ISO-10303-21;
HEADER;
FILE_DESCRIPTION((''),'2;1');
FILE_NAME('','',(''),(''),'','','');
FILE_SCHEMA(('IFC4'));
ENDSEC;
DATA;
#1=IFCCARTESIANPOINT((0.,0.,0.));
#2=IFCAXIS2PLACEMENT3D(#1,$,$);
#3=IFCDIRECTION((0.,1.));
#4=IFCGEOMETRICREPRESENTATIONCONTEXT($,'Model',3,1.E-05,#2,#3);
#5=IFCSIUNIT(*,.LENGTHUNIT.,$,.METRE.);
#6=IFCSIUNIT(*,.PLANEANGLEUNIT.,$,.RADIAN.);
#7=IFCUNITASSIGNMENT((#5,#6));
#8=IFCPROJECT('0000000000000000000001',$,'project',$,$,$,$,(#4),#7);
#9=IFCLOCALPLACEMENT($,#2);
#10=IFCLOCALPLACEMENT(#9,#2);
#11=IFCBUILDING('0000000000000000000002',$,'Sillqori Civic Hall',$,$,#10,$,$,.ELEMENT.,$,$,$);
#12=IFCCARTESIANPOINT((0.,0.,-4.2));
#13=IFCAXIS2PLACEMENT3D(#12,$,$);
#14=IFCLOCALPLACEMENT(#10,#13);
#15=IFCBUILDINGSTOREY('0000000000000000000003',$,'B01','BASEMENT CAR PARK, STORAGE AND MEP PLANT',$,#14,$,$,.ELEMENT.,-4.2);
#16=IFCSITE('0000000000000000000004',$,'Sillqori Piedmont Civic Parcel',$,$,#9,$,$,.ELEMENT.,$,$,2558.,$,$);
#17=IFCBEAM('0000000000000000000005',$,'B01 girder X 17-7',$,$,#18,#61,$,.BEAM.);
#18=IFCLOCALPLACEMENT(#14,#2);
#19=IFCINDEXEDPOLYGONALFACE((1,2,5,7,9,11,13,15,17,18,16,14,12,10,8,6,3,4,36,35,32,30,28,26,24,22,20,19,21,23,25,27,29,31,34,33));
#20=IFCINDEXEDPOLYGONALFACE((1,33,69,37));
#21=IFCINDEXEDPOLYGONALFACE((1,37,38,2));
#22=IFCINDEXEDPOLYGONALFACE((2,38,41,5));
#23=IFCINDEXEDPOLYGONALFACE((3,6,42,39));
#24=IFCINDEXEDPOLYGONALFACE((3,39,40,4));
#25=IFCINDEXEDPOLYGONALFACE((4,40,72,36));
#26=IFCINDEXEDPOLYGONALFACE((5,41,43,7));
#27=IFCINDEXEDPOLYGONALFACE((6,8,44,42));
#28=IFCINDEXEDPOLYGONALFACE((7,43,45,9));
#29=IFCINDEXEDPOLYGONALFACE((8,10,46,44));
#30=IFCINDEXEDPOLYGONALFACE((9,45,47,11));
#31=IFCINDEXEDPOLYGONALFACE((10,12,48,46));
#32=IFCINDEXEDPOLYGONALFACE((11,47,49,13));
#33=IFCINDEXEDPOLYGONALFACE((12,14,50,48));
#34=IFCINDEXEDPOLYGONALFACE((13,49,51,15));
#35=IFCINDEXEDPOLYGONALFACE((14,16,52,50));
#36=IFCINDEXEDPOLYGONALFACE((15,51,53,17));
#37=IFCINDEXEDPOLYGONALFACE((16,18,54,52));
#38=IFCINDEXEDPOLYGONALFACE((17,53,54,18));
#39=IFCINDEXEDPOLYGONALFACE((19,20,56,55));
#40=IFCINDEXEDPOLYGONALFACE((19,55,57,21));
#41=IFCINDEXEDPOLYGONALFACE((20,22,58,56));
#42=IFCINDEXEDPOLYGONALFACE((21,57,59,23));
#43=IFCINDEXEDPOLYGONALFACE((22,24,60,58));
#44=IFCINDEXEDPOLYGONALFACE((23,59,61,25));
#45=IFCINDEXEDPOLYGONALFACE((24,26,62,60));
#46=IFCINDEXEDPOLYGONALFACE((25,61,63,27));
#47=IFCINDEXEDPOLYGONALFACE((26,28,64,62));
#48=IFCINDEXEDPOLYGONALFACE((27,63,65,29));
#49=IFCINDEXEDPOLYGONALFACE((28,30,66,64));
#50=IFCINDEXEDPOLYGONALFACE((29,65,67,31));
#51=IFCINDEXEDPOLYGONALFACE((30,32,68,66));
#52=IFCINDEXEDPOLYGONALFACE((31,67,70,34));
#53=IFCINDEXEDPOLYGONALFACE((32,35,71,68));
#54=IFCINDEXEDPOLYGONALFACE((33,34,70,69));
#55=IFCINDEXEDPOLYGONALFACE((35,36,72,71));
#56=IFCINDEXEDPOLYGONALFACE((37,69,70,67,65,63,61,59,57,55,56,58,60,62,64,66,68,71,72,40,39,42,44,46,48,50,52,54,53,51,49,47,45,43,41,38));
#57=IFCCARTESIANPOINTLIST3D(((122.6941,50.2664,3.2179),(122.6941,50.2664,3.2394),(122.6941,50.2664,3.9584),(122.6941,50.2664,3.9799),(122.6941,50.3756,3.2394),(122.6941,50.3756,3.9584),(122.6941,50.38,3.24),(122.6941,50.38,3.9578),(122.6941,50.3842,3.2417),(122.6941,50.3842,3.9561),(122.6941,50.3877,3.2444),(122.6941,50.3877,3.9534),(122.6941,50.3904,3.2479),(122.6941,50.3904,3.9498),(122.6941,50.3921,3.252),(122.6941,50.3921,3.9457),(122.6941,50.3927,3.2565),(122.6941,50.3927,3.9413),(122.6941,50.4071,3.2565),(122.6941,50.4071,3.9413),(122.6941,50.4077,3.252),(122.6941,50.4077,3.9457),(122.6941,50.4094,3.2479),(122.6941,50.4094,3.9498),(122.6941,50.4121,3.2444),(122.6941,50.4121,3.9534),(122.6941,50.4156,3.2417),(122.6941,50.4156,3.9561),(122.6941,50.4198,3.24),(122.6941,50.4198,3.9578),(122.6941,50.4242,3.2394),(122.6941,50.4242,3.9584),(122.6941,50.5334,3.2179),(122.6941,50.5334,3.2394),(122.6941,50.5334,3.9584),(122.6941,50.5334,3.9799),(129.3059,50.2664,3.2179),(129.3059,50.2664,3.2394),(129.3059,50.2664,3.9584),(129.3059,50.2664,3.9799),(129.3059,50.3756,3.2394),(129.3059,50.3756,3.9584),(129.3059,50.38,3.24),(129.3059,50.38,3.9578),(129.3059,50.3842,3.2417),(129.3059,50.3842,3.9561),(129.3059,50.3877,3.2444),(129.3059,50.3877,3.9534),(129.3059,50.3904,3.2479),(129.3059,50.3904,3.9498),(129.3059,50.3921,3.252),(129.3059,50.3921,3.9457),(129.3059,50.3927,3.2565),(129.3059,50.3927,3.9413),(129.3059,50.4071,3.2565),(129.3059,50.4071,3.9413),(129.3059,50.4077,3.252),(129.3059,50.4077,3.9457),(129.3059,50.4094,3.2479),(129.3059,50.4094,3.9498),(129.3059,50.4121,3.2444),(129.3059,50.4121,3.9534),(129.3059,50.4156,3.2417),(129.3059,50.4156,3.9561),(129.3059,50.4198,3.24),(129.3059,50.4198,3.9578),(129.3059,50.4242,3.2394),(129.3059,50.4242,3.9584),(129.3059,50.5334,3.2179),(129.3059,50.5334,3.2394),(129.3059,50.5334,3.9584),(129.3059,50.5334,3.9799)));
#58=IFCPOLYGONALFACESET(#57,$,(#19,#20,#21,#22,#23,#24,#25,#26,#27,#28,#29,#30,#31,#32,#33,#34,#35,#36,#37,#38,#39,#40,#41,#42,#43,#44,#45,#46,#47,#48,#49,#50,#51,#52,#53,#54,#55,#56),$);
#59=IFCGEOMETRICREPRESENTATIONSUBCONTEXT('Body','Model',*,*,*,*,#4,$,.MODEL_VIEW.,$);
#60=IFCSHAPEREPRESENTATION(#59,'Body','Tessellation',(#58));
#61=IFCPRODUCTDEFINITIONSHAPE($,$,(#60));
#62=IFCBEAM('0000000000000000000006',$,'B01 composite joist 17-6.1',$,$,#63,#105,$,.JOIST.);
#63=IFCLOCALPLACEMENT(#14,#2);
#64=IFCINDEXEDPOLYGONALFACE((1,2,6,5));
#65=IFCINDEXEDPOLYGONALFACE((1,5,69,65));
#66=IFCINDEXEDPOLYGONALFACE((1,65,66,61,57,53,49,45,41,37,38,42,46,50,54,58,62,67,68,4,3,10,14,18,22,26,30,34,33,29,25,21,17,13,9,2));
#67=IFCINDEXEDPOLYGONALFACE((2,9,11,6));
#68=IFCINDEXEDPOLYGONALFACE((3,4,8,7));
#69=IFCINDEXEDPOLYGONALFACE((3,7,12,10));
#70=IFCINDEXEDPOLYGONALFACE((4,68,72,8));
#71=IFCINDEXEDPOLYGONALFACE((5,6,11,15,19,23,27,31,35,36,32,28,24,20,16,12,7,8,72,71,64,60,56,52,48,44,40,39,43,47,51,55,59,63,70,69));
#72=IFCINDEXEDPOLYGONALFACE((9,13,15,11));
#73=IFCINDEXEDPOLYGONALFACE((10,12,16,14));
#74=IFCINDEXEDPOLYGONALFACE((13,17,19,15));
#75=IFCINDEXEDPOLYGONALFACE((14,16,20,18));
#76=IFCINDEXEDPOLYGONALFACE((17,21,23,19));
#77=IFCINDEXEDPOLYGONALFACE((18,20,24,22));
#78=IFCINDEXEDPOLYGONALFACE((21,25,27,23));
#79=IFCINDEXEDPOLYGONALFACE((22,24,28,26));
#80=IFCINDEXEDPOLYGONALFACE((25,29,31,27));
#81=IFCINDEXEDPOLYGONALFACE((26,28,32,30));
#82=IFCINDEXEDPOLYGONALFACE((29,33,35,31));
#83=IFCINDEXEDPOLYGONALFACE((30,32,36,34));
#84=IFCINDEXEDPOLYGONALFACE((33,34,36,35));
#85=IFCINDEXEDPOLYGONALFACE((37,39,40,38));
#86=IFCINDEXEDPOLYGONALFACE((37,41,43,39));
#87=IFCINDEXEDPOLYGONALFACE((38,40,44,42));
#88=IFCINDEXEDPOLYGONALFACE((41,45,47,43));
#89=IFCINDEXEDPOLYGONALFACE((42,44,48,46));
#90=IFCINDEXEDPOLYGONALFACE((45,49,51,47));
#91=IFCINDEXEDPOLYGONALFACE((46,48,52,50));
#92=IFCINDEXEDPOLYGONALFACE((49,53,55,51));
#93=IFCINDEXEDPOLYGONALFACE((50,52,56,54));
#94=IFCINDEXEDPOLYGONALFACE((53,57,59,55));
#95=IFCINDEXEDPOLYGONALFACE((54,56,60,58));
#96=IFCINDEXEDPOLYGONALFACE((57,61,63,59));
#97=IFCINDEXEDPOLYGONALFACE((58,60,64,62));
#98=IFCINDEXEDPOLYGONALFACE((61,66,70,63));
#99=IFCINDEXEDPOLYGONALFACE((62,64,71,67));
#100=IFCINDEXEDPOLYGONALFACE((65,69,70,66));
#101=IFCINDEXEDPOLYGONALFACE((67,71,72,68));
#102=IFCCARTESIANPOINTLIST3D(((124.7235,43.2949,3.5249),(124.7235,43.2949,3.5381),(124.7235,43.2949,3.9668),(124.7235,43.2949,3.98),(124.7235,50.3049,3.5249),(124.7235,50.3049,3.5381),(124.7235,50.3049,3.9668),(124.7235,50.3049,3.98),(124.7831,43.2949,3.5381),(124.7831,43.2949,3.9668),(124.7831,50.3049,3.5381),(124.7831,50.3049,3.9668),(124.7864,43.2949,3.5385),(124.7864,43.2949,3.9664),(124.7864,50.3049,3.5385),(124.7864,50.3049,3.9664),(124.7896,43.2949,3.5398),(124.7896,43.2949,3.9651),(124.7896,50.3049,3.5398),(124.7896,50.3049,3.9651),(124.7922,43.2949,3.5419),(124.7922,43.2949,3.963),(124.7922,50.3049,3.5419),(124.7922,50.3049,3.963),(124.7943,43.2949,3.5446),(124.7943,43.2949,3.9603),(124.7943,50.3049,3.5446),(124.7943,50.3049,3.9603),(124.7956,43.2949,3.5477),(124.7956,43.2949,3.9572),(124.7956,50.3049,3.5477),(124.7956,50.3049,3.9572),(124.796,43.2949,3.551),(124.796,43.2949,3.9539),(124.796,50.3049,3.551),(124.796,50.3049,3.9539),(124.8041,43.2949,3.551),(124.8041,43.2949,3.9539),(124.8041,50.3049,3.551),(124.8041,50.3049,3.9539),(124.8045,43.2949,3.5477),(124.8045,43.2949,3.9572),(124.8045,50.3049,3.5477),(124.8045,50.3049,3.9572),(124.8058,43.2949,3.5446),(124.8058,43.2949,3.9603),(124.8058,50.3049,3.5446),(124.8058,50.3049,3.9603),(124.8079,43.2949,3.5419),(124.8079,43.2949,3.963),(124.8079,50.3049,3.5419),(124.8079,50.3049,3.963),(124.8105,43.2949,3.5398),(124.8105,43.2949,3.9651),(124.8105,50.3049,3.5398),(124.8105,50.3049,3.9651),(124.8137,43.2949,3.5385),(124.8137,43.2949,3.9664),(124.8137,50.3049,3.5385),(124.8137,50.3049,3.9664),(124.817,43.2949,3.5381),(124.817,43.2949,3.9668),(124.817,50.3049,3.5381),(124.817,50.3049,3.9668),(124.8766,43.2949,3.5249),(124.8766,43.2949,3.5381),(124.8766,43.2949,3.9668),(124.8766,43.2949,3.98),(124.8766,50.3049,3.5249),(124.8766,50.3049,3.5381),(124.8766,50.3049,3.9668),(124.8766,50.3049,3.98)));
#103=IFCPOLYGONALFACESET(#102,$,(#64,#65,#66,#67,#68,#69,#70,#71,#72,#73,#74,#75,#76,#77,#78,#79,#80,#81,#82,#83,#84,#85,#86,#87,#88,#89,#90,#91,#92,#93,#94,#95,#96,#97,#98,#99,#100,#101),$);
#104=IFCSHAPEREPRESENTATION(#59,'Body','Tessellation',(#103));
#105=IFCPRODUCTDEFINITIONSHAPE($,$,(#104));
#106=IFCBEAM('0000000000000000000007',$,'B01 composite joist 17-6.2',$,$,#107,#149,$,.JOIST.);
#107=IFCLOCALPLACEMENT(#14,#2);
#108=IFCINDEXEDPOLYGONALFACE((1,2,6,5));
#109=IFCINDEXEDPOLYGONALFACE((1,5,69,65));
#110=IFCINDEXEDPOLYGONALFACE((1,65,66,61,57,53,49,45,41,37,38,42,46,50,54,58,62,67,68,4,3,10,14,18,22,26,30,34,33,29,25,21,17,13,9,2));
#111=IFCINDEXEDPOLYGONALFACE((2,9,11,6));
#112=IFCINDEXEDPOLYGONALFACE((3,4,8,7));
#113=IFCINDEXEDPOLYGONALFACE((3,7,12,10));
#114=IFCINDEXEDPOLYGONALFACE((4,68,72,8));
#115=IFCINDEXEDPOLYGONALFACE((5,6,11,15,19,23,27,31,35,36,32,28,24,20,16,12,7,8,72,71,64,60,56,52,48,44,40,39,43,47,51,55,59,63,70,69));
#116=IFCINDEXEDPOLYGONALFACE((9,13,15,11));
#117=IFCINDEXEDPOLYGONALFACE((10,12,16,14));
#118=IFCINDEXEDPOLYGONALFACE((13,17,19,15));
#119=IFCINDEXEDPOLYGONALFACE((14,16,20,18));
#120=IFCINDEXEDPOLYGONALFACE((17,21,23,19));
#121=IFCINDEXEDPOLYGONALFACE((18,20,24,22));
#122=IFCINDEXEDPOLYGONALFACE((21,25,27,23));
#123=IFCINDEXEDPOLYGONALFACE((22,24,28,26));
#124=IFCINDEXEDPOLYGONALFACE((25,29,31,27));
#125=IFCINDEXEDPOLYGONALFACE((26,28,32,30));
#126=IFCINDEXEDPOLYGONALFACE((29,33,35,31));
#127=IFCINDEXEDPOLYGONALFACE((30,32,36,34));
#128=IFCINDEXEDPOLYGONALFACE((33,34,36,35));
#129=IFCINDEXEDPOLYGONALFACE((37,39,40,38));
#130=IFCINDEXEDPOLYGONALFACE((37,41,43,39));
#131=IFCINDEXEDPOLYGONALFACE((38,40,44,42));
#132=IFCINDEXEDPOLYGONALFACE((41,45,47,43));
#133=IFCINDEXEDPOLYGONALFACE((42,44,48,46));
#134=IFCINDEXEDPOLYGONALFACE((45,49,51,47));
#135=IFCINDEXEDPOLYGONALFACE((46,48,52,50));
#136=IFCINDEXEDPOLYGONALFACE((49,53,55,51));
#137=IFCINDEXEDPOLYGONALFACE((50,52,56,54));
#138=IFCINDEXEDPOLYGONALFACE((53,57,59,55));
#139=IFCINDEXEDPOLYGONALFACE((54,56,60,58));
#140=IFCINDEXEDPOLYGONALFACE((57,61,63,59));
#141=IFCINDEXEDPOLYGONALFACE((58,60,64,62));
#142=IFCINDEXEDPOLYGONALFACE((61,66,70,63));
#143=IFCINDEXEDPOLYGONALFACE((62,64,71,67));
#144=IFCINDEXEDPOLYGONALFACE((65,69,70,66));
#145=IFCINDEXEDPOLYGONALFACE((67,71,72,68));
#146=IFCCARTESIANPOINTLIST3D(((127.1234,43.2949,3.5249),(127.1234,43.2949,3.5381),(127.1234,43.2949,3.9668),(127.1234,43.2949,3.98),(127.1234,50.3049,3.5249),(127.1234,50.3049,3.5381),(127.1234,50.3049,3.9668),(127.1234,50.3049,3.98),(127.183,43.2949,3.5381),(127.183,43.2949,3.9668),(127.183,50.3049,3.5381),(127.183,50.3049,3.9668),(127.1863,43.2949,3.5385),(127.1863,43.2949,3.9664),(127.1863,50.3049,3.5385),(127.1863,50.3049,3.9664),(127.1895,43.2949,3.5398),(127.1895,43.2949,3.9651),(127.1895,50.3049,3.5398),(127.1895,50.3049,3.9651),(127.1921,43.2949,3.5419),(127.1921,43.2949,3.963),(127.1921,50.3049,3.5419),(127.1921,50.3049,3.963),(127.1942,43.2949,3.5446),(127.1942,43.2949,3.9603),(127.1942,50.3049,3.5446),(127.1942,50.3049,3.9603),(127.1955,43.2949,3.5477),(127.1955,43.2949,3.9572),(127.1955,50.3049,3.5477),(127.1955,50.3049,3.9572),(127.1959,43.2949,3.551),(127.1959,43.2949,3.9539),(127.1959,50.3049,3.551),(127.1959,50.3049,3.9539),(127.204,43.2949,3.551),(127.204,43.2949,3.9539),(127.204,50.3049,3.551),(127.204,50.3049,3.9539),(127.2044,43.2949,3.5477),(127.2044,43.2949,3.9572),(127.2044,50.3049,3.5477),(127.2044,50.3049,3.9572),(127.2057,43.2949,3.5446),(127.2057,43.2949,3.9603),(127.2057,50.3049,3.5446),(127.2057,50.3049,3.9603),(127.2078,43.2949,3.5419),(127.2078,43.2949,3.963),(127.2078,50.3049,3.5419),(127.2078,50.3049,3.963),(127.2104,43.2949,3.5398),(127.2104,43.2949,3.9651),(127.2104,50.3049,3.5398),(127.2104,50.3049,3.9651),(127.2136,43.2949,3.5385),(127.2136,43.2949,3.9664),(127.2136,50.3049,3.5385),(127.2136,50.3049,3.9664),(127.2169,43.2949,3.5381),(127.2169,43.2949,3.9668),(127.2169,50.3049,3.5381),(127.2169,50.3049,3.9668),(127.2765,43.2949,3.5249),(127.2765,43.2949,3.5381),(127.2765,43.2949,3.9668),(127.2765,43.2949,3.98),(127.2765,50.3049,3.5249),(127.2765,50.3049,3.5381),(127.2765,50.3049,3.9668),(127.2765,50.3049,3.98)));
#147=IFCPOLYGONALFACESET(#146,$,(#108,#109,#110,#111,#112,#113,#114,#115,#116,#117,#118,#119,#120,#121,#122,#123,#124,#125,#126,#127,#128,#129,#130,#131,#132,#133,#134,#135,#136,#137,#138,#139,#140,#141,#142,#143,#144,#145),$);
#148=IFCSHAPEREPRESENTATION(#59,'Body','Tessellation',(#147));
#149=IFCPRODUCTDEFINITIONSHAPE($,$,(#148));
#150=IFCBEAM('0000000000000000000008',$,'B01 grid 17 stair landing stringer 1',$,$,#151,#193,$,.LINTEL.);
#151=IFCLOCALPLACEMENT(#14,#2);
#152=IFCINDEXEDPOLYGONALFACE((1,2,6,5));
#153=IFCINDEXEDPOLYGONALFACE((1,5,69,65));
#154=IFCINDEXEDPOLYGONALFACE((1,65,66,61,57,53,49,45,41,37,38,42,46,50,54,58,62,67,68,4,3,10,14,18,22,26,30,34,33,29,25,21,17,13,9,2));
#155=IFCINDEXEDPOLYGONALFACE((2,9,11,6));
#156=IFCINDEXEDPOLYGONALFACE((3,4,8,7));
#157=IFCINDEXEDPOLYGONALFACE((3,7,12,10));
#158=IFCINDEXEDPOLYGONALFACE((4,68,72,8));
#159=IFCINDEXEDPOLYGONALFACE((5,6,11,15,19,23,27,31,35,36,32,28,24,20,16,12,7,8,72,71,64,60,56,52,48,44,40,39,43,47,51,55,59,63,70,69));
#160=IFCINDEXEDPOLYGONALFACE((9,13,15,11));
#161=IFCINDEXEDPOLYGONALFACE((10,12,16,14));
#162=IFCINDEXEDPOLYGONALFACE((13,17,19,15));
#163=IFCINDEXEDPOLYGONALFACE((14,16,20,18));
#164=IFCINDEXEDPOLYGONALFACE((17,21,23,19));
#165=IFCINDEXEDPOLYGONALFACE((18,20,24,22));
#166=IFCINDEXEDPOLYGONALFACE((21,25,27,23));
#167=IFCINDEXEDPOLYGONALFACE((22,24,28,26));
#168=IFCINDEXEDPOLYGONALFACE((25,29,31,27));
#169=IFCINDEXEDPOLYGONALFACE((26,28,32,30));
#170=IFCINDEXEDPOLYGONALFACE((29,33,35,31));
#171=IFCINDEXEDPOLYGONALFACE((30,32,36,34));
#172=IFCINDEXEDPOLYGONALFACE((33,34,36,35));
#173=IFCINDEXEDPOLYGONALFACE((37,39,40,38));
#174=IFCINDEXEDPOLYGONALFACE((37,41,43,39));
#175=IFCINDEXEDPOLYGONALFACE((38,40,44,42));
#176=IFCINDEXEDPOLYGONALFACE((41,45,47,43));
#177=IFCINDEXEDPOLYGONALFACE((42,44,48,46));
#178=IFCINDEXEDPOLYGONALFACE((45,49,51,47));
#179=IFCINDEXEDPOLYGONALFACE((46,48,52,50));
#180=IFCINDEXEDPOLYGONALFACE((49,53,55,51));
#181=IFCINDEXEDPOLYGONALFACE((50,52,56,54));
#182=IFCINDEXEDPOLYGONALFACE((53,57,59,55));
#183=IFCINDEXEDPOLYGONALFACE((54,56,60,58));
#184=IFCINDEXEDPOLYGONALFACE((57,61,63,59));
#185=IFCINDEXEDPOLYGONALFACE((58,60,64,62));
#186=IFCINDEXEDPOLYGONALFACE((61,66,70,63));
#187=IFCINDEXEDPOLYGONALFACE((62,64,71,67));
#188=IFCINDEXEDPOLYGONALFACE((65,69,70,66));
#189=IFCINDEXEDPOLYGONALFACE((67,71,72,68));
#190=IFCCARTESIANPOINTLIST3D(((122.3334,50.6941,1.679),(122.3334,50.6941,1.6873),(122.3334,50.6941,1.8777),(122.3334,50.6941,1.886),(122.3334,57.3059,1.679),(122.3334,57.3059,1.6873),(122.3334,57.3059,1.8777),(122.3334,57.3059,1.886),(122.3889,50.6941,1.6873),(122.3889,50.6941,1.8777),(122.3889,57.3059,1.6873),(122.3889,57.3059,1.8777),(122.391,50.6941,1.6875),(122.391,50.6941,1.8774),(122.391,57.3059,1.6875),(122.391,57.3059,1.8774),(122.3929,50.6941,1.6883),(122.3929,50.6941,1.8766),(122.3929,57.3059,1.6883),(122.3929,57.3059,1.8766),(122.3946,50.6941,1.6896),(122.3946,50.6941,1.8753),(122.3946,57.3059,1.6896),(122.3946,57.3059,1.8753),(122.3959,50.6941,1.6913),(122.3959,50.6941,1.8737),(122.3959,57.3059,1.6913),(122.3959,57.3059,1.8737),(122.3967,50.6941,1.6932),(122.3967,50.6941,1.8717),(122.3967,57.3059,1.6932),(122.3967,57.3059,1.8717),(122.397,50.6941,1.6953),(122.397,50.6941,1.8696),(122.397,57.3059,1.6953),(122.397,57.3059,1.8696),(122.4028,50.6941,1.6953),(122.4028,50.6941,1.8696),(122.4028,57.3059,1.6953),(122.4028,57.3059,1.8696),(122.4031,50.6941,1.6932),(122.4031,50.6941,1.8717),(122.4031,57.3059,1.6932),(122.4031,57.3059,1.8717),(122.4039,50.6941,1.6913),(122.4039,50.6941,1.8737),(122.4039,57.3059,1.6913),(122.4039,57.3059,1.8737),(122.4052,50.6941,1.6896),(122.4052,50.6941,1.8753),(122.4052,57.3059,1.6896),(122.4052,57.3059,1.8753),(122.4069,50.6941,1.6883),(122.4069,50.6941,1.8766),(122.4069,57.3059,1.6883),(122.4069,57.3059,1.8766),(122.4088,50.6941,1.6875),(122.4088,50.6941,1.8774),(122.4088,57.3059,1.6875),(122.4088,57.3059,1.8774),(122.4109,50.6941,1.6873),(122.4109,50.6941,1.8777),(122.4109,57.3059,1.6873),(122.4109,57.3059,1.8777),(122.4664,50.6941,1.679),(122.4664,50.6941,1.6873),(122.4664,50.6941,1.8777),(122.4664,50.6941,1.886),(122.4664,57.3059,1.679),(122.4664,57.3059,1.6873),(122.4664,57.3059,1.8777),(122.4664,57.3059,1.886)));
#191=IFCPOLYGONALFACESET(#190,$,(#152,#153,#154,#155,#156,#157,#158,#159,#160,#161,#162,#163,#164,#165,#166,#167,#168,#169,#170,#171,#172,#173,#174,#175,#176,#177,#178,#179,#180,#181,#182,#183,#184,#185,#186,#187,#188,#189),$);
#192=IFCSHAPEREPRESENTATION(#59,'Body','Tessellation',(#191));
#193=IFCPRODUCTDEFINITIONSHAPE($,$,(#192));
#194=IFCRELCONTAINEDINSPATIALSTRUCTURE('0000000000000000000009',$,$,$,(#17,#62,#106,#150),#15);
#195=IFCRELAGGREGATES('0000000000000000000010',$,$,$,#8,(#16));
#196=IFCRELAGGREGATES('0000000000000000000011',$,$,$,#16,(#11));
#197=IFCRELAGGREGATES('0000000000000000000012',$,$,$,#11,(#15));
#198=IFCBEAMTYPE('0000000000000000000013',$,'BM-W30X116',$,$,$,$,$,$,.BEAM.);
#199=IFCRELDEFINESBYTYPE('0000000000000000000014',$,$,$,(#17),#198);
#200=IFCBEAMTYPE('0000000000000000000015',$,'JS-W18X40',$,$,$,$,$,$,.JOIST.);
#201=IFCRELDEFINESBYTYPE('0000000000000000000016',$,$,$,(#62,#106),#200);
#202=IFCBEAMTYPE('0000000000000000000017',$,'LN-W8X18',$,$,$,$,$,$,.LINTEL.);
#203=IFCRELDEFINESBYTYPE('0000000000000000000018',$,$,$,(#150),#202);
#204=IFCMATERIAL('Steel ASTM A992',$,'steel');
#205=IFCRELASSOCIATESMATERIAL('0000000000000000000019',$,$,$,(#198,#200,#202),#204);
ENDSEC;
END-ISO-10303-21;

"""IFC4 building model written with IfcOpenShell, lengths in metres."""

from ifc_helpers import new_model, si_unit, direction, frame, origin, origin_2d, place, context, subcontext, project, spatial, i_section, extrude, material, material_profile, profile_set, type_object, element, save


model = new_model("IFC4")

# Units and contexts
model_context = context("Model", 3, precision=1e-05, world=origin(), true_north=direction((0.0, 1.0)))
body_context = subcontext(model_context, "Body", "Model", "MODEL_VIEW")
ifc_project = project(units=[si_unit("LENGTHUNIT", "METRE"), si_unit("PLANEANGLEUNIT", "RADIAN")], contexts=[model_context])

# Site, building, storey
site_placement = place(None, origin())
site = spatial("IfcSite", under=ifc_project, at=site_placement, Name="Sillqori Piedmont Civic Parcel", CompositionType="ELEMENT", RefElevation=2558.0)
building_placement = place(site_placement, origin())
building = spatial("IfcBuilding", under=site, at=building_placement, Name="Sillqori Civic Hall", CompositionType="ELEMENT")
storey_placement = place(building_placement, frame((0.0, 0.0, -4.2)))
storey = spatial("IfcBuildingStorey", under=building, at=storey_placement, Name="B01", Description="BASEMENT CAR PARK, STORAGE AND MEP PLANT", CompositionType="ELEMENT", Elevation=-4.2)

# Beams
ifc_material_1 = material(Name="Steel ASTM A992", Category="steel")
ifc_material_profile_1 = material_profile(ifc_material_1, i_section(OverallWidth=0.2671, OverallDepth=0.762, WebThickness=0.0144, FlangeThickness=0.0215, FilletRadius=0.0171, at=origin_2d()), Name="W30X116")
ifc_profile_set_1 = profile_set([ifc_material_profile_1], Name="Steel ASTM A992")
beam_type_1 = type_object("IfcBeamType", Name="BM-W30X116", PredefinedType="BEAM", material=ifc_profile_set_1)
beam_1_placement = place(storey_placement, frame((122.6941, 50.3999, 3.5989), z_axis=(1.0, 0.0, 0.0), x_axis=(0.0, 1.0, 0.0)))
element("IfcBeam", 1, at=beam_1_placement, inside=storey, type_object=beam_type_1, Name="B01 girder X 17-7", PredefinedType="BEAM", context=body_context, shape_type="SweptSolid", body=[
    extrude(i_section(OverallWidth=0.2671, OverallDepth=0.762, WebThickness=0.0144, FlangeThickness=0.0215, FilletRadius=0.0171, at=origin_2d()), origin(), (0.0, 0.0, 1.0), 6.6118),
])
ifc_material_profile_2 = material_profile(ifc_material_1, i_section(OverallWidth=0.1531, OverallDepth=0.4551, WebThickness=0.0081, FlangeThickness=0.0132, FilletRadius=0.0129, at=origin_2d()), Name="W18X40")
ifc_profile_set_2 = profile_set([ifc_material_profile_2], Name="Steel ASTM A992")
beam_type_2 = type_object("IfcBeamType", Name="JS-W18X40", PredefinedType="JOIST", material=ifc_profile_set_2)
for number, where, z_axis, x_axis, name in (
    (2, (124.8, 43.2949, 3.7524), (0.0, 1.0, 0.0), (-1.0, 0.0, 0.0), "B01 composite joist 17-6.1"),
    (3, (127.2, 43.2949, 3.7524), (0.0, 1.0, 0.0), (-1.0, 0.0, 0.0), "B01 composite joist 17-6.2"),
):
    element("IfcBeam", number, at=place(storey_placement, frame(where, z_axis=z_axis, x_axis=x_axis)), inside=storey, type_object=beam_type_2, Name=name, PredefinedType="JOIST", context=body_context, shape_type="SweptSolid", body=[
        extrude(i_section(OverallWidth=0.1531, OverallDepth=0.4551, WebThickness=0.0081, FlangeThickness=0.0132, FilletRadius=0.0129, at=origin_2d()), origin(), (0.0, 0.0, 1.0), 7.01),
    ])
ifc_material_profile_3 = material_profile(ifc_material_1, i_section(OverallWidth=0.1331, OverallDepth=0.207, WebThickness=0.0059, FlangeThickness=0.0083, FilletRadius=0.0081, at=origin_2d()), Name="W8X18")
ifc_profile_set_3 = profile_set([ifc_material_profile_3], Name="Steel ASTM A992")
beam_type_3 = type_object("IfcBeamType", Name="LN-W8X18", PredefinedType="LINTEL", material=ifc_profile_set_3)
beam_2_placement = place(storey_placement, frame((122.3999, 50.6941, 1.7825), z_axis=(0.0, 1.0, 0.0), x_axis=(-1.0, 0.0, 0.0)))
element("IfcBeam", 4, at=beam_2_placement, inside=storey, type_object=beam_type_3, Name="B01 grid 17 stair landing stringer 1", PredefinedType="LINTEL", context=body_context, shape_type="SweptSolid", body=[
    extrude(i_section(OverallWidth=0.1331, OverallDepth=0.207, WebThickness=0.0059, FlangeThickness=0.0083, FilletRadius=0.0081, at=origin_2d()), origin(), (0.0, 0.0, 1.0), 6.6118),
])

save(model, "model.ifc")
